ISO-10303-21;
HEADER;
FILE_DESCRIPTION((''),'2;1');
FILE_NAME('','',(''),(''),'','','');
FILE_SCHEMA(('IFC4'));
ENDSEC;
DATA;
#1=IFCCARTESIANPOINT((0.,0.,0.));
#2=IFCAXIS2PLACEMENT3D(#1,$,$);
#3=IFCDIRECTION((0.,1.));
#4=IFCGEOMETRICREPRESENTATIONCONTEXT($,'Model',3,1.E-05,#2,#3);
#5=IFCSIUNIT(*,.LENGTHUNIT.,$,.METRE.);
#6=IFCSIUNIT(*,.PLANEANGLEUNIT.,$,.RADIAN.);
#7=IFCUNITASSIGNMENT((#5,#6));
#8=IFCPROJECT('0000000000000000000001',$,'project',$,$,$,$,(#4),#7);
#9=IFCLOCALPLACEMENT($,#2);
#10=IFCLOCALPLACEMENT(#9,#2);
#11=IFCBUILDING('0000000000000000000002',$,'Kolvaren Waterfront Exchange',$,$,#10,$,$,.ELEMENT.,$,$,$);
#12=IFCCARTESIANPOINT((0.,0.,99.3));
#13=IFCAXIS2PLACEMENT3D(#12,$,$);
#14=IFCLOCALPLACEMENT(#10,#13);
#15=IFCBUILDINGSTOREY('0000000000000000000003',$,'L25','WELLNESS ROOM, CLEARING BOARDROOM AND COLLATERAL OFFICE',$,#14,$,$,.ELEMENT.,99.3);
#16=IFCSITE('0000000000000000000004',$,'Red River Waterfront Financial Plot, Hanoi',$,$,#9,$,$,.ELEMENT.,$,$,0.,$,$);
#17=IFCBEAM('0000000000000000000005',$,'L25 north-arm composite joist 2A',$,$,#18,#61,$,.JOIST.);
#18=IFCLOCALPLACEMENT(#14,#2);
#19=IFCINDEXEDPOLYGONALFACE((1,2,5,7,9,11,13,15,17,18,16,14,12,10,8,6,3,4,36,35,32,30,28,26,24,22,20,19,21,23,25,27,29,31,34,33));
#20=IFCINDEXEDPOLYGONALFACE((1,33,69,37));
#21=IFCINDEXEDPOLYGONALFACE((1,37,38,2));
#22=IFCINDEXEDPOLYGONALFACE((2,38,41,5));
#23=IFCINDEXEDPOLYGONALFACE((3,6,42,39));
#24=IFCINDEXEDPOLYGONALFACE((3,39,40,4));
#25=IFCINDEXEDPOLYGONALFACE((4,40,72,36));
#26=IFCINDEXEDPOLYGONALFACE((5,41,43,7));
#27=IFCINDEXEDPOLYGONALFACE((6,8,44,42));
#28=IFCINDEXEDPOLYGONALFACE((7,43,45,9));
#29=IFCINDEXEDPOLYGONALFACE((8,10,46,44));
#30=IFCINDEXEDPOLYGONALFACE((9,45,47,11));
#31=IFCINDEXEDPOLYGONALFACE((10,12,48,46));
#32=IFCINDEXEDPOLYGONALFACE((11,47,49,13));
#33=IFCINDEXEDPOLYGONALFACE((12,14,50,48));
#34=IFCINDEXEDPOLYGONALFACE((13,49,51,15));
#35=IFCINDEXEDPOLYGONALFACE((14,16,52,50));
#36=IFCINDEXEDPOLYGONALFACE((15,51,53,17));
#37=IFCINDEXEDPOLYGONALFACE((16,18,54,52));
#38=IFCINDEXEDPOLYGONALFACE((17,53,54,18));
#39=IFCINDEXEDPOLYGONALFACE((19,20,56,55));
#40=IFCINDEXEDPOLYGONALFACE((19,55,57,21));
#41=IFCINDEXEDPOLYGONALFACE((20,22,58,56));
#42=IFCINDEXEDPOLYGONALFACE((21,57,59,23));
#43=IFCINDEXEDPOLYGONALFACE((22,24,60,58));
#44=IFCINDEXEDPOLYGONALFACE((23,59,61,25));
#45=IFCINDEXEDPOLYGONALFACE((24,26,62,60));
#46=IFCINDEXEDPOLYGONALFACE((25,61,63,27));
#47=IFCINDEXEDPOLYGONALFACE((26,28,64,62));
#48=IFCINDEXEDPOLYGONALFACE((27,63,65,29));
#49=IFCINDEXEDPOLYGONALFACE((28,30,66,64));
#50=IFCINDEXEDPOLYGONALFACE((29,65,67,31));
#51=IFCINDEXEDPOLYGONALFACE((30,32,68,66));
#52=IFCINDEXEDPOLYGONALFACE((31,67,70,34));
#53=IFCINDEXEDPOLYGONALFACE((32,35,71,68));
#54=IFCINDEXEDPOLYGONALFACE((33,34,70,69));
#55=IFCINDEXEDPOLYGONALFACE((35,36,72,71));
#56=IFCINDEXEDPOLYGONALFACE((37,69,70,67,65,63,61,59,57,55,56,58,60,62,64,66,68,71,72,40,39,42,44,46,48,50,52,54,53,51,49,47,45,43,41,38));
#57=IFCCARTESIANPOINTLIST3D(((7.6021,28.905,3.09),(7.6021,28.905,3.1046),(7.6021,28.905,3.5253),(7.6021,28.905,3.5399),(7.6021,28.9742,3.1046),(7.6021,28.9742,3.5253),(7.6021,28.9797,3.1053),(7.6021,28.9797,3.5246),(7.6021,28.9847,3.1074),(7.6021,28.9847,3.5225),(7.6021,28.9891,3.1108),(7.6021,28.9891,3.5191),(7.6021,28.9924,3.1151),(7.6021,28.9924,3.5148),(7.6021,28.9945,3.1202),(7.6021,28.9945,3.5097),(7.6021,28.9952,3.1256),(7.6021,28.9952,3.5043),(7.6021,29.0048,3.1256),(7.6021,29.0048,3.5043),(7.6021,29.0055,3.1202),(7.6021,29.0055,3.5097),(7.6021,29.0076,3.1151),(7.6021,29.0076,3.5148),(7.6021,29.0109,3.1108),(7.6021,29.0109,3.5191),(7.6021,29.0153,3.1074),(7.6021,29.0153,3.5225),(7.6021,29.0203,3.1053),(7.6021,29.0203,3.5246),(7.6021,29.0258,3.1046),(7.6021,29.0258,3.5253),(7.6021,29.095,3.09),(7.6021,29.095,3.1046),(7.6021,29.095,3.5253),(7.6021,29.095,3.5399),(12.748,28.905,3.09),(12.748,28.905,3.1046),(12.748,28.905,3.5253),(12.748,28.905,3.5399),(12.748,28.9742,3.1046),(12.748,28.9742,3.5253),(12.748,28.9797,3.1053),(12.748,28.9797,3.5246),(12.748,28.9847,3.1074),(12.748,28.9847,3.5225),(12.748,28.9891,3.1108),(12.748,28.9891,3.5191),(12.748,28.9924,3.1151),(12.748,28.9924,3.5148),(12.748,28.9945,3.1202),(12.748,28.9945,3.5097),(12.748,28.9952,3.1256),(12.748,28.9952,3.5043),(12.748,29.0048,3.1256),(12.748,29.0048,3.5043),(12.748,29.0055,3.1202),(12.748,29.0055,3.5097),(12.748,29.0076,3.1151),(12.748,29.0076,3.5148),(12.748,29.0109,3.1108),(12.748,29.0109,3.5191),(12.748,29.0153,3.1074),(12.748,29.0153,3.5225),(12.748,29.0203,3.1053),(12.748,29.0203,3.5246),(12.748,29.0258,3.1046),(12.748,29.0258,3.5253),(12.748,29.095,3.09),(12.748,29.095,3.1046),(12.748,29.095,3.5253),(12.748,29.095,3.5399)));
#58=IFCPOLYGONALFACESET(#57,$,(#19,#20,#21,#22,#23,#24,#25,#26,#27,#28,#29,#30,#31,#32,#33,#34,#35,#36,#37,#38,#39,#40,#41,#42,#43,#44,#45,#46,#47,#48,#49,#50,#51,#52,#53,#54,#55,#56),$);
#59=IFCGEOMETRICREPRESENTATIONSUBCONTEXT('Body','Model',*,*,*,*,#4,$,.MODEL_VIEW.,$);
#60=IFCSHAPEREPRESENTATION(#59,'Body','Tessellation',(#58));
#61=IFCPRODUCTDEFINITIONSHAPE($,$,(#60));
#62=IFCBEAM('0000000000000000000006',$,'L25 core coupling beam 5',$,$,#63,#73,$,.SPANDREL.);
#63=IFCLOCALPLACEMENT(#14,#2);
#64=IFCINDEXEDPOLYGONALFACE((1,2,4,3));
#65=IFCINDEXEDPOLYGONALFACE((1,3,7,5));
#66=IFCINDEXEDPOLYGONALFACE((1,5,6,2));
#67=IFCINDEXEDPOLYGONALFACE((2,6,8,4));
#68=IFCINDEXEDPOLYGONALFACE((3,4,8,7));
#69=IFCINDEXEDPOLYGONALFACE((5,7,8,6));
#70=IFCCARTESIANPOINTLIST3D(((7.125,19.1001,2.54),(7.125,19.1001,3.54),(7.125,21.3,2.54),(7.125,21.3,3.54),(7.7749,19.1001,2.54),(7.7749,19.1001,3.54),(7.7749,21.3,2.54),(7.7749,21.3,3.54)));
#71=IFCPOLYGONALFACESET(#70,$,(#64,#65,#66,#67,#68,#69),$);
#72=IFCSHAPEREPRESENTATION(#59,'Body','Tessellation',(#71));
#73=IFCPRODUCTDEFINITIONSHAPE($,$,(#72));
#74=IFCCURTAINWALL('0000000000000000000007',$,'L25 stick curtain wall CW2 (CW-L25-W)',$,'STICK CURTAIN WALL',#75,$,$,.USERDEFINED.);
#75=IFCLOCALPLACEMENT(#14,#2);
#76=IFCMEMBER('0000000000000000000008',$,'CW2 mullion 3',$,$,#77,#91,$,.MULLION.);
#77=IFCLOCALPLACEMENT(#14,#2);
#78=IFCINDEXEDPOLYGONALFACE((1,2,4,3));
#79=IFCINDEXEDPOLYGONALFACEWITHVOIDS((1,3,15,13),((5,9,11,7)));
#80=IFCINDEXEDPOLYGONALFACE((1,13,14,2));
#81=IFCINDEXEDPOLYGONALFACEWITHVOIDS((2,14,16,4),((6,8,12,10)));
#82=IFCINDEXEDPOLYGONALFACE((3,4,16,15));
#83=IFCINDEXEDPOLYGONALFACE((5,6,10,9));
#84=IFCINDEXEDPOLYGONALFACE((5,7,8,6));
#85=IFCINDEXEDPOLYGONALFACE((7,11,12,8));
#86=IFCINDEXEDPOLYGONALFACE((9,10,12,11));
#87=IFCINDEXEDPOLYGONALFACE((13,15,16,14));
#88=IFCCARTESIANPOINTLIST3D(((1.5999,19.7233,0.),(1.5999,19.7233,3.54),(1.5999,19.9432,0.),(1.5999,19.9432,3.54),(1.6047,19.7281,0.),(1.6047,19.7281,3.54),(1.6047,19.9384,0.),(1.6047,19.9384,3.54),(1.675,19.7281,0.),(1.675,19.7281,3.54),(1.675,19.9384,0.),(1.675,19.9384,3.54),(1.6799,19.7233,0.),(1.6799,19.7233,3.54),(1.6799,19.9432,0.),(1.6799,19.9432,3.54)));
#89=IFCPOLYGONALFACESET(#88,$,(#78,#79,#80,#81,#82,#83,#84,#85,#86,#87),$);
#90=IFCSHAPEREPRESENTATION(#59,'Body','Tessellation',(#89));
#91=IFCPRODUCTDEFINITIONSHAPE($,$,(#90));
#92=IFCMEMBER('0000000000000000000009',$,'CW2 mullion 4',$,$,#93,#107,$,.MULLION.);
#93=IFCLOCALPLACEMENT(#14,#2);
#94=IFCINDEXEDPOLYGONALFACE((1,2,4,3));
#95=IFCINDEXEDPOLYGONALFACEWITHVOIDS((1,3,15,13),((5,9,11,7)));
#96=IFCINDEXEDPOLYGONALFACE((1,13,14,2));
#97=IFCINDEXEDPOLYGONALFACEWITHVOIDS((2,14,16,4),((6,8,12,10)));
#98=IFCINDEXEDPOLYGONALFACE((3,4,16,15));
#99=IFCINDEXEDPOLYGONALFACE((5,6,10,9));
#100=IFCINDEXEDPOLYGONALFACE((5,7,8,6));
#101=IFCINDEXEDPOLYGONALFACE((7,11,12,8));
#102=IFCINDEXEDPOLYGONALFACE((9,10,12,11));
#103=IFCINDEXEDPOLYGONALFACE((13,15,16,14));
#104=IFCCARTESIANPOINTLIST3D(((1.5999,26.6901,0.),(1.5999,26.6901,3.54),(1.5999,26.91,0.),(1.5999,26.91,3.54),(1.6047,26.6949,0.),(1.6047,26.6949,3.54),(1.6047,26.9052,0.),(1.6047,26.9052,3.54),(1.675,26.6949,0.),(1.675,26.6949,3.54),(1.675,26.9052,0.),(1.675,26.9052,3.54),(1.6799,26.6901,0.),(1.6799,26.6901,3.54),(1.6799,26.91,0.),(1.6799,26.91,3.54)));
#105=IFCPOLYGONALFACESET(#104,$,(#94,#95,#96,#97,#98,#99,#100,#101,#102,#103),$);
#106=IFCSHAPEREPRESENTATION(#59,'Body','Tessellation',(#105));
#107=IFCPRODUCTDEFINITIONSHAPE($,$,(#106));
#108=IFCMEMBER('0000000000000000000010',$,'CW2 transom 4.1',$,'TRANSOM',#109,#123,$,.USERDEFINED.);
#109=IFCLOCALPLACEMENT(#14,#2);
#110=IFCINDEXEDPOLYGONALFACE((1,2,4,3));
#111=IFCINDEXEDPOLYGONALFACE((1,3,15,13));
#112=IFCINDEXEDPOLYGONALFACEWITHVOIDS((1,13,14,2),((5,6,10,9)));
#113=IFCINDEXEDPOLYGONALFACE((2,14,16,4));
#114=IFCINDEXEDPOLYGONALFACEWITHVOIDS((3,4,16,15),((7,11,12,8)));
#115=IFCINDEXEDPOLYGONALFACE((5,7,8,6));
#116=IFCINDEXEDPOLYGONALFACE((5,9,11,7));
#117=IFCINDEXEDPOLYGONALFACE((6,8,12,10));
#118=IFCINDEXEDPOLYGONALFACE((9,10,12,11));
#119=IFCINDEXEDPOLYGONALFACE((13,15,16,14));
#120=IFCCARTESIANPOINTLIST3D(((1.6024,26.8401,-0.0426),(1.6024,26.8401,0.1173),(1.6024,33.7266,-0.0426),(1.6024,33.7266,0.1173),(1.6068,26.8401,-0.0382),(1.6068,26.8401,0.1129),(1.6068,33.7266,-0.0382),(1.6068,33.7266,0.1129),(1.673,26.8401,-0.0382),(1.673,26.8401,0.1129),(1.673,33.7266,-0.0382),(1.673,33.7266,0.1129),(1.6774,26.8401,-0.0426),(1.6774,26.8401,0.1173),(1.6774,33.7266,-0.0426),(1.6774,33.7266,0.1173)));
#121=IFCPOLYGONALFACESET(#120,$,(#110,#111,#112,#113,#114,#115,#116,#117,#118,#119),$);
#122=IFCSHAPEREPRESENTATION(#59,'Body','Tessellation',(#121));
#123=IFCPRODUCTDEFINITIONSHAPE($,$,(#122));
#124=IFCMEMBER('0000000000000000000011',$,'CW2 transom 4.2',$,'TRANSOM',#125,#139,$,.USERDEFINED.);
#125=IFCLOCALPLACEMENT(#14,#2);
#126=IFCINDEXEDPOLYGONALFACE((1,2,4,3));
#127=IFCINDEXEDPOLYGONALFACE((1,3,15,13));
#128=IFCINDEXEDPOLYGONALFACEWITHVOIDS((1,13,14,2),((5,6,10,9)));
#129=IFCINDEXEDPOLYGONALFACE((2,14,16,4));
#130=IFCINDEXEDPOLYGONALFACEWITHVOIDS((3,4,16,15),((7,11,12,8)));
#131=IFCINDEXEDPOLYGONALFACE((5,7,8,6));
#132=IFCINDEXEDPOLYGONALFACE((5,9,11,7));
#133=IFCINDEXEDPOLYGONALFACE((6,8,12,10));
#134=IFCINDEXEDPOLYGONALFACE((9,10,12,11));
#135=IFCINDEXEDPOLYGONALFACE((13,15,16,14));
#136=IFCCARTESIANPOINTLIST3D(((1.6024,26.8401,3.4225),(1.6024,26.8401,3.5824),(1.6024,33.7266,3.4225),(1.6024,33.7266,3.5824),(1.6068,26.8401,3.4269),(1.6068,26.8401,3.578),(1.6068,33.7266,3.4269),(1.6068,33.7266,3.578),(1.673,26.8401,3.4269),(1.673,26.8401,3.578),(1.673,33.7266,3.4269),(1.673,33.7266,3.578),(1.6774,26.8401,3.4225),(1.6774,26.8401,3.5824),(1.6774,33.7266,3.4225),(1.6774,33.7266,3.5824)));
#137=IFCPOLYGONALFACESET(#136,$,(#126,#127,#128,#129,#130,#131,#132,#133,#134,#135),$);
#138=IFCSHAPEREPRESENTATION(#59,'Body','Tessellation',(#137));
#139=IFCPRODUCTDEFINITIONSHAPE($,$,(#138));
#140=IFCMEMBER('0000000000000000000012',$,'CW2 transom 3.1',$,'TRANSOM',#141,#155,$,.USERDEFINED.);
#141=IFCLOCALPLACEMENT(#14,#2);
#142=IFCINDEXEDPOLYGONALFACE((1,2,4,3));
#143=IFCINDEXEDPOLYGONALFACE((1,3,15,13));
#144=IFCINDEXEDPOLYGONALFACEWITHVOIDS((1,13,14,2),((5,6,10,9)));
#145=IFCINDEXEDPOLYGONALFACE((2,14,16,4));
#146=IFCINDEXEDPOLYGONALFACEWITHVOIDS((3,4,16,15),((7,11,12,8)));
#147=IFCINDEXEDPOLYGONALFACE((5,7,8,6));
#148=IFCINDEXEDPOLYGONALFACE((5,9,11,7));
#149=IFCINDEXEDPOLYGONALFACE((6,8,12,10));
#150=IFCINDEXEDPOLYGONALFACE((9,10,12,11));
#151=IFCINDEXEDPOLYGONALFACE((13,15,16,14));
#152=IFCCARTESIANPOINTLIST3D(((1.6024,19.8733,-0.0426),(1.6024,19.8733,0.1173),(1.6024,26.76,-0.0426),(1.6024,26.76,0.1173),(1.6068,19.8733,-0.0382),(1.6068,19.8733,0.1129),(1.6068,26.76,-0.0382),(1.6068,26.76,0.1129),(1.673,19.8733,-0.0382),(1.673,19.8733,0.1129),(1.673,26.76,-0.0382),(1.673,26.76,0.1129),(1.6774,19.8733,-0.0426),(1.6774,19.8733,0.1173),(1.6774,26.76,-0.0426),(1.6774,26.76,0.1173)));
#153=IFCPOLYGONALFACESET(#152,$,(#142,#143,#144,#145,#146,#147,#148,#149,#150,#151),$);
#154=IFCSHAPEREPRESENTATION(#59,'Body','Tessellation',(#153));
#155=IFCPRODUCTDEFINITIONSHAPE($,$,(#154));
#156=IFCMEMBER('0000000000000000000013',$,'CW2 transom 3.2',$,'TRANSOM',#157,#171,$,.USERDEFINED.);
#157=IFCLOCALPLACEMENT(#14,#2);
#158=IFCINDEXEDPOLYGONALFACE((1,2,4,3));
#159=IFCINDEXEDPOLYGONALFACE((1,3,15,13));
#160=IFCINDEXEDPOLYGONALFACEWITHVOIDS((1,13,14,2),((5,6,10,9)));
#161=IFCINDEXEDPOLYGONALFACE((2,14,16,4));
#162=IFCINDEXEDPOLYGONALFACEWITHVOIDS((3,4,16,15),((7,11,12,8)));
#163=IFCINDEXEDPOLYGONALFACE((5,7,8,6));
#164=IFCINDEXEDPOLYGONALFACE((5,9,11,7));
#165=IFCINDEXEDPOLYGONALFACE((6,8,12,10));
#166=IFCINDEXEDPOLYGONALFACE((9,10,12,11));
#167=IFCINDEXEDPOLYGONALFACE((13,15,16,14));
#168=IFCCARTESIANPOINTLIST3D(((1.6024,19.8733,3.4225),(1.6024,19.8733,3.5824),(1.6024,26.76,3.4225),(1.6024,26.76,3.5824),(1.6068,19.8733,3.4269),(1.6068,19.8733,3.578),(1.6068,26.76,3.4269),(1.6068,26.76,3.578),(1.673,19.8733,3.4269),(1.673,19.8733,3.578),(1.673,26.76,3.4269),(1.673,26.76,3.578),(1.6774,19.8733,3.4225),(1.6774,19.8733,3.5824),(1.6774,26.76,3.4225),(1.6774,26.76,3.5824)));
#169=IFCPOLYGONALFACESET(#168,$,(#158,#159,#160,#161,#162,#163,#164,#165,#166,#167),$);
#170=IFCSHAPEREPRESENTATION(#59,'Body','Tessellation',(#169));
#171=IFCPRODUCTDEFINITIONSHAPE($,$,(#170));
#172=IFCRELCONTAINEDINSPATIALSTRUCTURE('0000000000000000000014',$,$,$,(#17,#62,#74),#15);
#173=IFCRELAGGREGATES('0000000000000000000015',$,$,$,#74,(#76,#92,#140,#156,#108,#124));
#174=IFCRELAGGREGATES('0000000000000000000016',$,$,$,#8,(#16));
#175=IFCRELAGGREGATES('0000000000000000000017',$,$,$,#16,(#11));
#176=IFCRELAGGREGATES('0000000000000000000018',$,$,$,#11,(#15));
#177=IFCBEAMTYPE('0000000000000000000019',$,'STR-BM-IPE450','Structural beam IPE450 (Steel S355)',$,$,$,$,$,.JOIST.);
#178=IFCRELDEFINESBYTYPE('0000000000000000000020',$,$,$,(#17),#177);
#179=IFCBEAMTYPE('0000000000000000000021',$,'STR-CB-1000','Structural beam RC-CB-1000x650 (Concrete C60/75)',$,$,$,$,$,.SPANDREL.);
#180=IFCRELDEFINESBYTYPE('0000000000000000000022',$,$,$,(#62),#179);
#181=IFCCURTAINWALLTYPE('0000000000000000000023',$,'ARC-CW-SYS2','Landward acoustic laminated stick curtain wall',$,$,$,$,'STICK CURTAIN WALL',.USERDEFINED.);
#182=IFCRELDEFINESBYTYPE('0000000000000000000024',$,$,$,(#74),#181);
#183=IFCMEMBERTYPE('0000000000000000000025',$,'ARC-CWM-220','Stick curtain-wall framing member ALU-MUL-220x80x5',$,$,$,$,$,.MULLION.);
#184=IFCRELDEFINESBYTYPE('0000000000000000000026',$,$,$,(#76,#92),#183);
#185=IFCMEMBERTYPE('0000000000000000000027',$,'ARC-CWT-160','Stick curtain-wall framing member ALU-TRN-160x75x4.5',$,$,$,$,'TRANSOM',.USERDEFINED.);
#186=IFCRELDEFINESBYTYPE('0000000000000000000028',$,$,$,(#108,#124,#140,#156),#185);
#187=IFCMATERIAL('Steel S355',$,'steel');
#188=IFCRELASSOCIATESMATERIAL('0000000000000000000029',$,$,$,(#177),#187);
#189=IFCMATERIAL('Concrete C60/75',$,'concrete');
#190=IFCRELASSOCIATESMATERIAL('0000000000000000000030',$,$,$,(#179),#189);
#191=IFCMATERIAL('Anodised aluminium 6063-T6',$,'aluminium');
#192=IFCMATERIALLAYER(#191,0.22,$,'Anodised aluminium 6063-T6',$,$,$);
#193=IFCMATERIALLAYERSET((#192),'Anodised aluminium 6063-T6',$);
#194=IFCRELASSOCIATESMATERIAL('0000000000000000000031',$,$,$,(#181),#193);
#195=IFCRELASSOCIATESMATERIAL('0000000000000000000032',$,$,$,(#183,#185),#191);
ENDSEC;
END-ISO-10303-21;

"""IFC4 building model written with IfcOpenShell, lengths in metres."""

from ifc_helpers import new_model, si_unit, direction, frame, origin, origin_with_axes, origin_2d, place, context, subcontext, project, spatial, rectangle, hollow_rectangle, i_section, extrude, source, transform, mapped, material, layer, layer_set, material_profile, profile_set, type_object, element, aggregate, save


model = new_model("IFC4")

# Units and contexts
model_context = context("Model", 3, precision=1e-05, world=origin(), true_north=direction((0.0, 1.0)))
body_context = subcontext(model_context, "Body", "Model", "MODEL_VIEW")
ifc_project = project(units=[si_unit("LENGTHUNIT", "METRE"), si_unit("PLANEANGLEUNIT", "RADIAN")], contexts=[model_context])

# Site, building, storey
site_placement = place(None, origin())
site = spatial("IfcSite", under=ifc_project, at=site_placement, Name="Red River Waterfront Financial Plot, Hanoi", CompositionType="ELEMENT", RefElevation=0.0)
building_placement = place(site_placement, origin())
building = spatial("IfcBuilding", under=site, at=building_placement, Name="Kolvaren Waterfront Exchange", CompositionType="ELEMENT")
storey_placement = place(building_placement, frame((0.0, 0.0, 99.3)))
storey = spatial("IfcBuildingStorey", under=building, at=storey_placement, Name="L25", Description="WELLNESS ROOM, CLEARING BOARDROOM AND COLLATERAL OFFICE", CompositionType="ELEMENT", Elevation=99.3)

# Shared definitions
ifc_material_1 = material(Name="Concrete C60/75", Category="concrete")

# Beams
ifc_material_2 = material(Name="Steel S355", Category="steel")
ifc_material_profile_1 = material_profile(ifc_material_2, i_section(OverallWidth=0.1899, OverallDepth=0.45, WebThickness=0.0095, FlangeThickness=0.0146, FilletRadius=0.021, at=origin_2d()), Name="IPE450")
ifc_profile_set_1 = profile_set([ifc_material_profile_1], Name="Steel S355")
beam_type_1 = type_object("IfcBeamType", Name="STR-BM-IPE450", Description="Structural beam IPE450 (Steel S355)", PredefinedType="JOIST", material=ifc_profile_set_1)
for number, where, z_axis, x_axis, name in (
    (1, (7.6021, 29.0, 3.3149), (1.0, 0.0, 0.0), (0.0, 1.0, 0.0), "L25 north-arm composite joist 2A"),
):
    element("IfcBeam", number, at=place(storey_placement, frame(where, z_axis=z_axis, x_axis=x_axis)), inside=storey, type_object=beam_type_1, Name=name, PredefinedType="JOIST", context=body_context, shape_type="SweptSolid", body=[
        extrude(i_section(OverallWidth=0.1899, OverallDepth=0.45, WebThickness=0.0095, FlangeThickness=0.0146, FilletRadius=0.021, at=origin_2d()), origin(), (0.0, 0.0, 1.0), 5.146),
    ])
ifc_material_profile_2 = material_profile(ifc_material_1, rectangle(XDim=0.6499, YDim=1.0, at=origin_2d()), Name="RC-CB-1000x650")
ifc_profile_set_2 = profile_set([ifc_material_profile_2], Name="Concrete C60/75")
beam_type_2 = type_object("IfcBeamType", Name="STR-CB-1000", Description="Structural beam RC-CB-1000x650 (Concrete C60/75)", PredefinedType="SPANDREL", material=ifc_profile_set_2)
beam_1_placement = place(storey_placement, frame((7.45, 19.1001, 3.04), z_axis=(0.0, 1.0, 0.0), x_axis=(-1.0, 0.0, 0.0)))
element("IfcBeam", 2, at=beam_1_placement, inside=storey, type_object=beam_type_2, Name="L25 core coupling beam 5", PredefinedType="SPANDREL", context=body_context, shape_type="SweptSolid", body=[
    extrude(rectangle(XDim=0.6499, YDim=1.0, at=origin_2d()), origin(), (0.0, 0.0, 1.0), 2.2),
])

# Curtain wall, members
ifc_material_3 = material(Name="Anodised aluminium 6063-T6", Category="aluminium")
ifc_layer_1 = layer(ifc_material_3, 0.22, Name="Anodised aluminium 6063-T6")
ifc_layer_set_1 = layer_set([ifc_layer_1], Name="Anodised aluminium 6063-T6")
curtain_wall_type = type_object("IfcCurtainWallType", Name="ARC-CW-SYS2", Description="Landward acoustic laminated stick curtain wall", ElementType="STICK CURTAIN WALL", PredefinedType="USERDEFINED", material=ifc_layer_set_1)
curtain_wall_placement = place(storey_placement, origin())
curtain_wall = element("IfcCurtainWall", 3, at=curtain_wall_placement, inside=storey, type_object=curtain_wall_type, Name="L25 stick curtain wall CW2 (CW-L25-W)", ObjectType="STICK CURTAIN WALL", PredefinedType="USERDEFINED")
ifc_material_profile_3 = material_profile(ifc_material_3, hollow_rectangle(XDim=0.0801, YDim=0.22, WallThickness=0.0049, at=origin_2d()), Name="ALU-MUL-220x80x5")
ifc_profile_set_3 = profile_set([ifc_material_profile_3], Name="Anodised aluminium 6063-T6")
member_type_1 = type_object("IfcMemberType", Name="ARC-CWM-220", Description="Stick curtain-wall framing member ALU-MUL-220x80x5", PredefinedType="MULLION", material=ifc_profile_set_3)
shared_shape_1 = source(origin_with_axes(), body_context, "Body", "SweptSolid", [
    extrude(hollow_rectangle(XDim=0.0801, YDim=0.22, WallThickness=0.0049, at=origin_2d()), origin(), (0.0, 0.0, 1.0), 3.54),
])
member_1_placement = place(storey_placement, frame((1.6399, 19.8333, 0.0), z_axis=(0.0, 0.0, 1.0), x_axis=(-1.0, 0.0, 0.0)))
member_1 = element("IfcMember", 4, at=member_1_placement, type_object=member_type_1, Name="CW2 mullion 3", PredefinedType="MULLION", context=body_context, shape_type="MappedRepresentation", body=[
    mapped(shared_shape_1, transform((0.0, 0.0, 0.0), x_axis=(1.0, 0.0, 0.0), y_axis=(0.0, 1.0, 0.0), z_axis=(0.0, 0.0, 1.0), scale=1.0)),
])
member_2_placement = place(storey_placement, frame((1.6399, 26.8, 0.0), z_axis=(0.0, 0.0, 1.0), x_axis=(-1.0, 0.0, 0.0)))
member_2 = element("IfcMember", 5, at=member_2_placement, type_object=member_type_1, Name="CW2 mullion 4", PredefinedType="MULLION", context=body_context, shape_type="MappedRepresentation", body=[
    mapped(shared_shape_1, transform((0.0, 0.0, 0.0), x_axis=(1.0, 0.0, 0.0), y_axis=(0.0, 1.0, 0.0), z_axis=(0.0, 0.0, 1.0), scale=1.0)),
])
ifc_material_profile_4 = material_profile(ifc_material_3, hollow_rectangle(XDim=0.075, YDim=0.1599, WallThickness=0.0044, at=origin_2d()), Name="ALU-TRN-160x75x4.5")
ifc_profile_set_4 = profile_set([ifc_material_profile_4], Name="Anodised aluminium 6063-T6")
member_type_2 = type_object("IfcMemberType", Name="ARC-CWT-160", Description="Stick curtain-wall framing member ALU-TRN-160x75x4.5", ElementType="TRANSOM", PredefinedType="USERDEFINED", material=ifc_profile_set_4)
shared_shape_2 = source(origin_with_axes(), body_context, "Body", "SweptSolid", [
    extrude(hollow_rectangle(XDim=0.075, YDim=0.1599, WallThickness=0.0044, at=origin_2d()), origin(), (0.0, 0.0, 1.0), 6.8865),
])
member_3_placement = place(storey_placement, frame((1.6399, 26.8401, 0.0374), z_axis=(0.0, 1.0, 0.0), x_axis=(-1.0, 0.0, 0.0)))
member_3 = element("IfcMember", 6, at=member_3_placement, type_object=member_type_2, Name="CW2 transom 4.1", ObjectType="TRANSOM", PredefinedType="USERDEFINED", context=body_context, shape_type="MappedRepresentation", body=[
    mapped(shared_shape_2, transform((0.0, 0.0, 0.0), x_axis=(1.0, 0.0, 0.0), y_axis=(0.0, 1.0, 0.0), z_axis=(0.0, 0.0, 1.0), scale=1.0)),
])
member_4_placement = place(storey_placement, frame((1.6399, 26.8401, 3.5024), z_axis=(0.0, 1.0, 0.0), x_axis=(-1.0, 0.0, 0.0)))
member_4 = element("IfcMember", 7, at=member_4_placement, type_object=member_type_2, Name="CW2 transom 4.2", ObjectType="TRANSOM", PredefinedType="USERDEFINED", context=body_context, shape_type="MappedRepresentation", body=[
    mapped(shared_shape_2, transform((0.0, 0.0, 0.0), x_axis=(1.0, 0.0, 0.0), y_axis=(0.0, 1.0, 0.0), z_axis=(0.0, 0.0, 1.0), scale=1.0)),
])
shared_shape_3 = source(origin_with_axes(), body_context, "Body", "SweptSolid", [
    extrude(hollow_rectangle(XDim=0.075, YDim=0.1599, WallThickness=0.0044, at=origin_2d()), origin(), (0.0, 0.0, 1.0), 6.8867),
])
member_5_placement = place(storey_placement, frame((1.6399, 19.8733, 0.0374), z_axis=(0.0, 1.0, 0.0), x_axis=(-1.0, 0.0, 0.0)))
member_5 = element("IfcMember", 8, at=member_5_placement, type_object=member_type_2, Name="CW2 transom 3.1", ObjectType="TRANSOM", PredefinedType="USERDEFINED", context=body_context, shape_type="MappedRepresentation", body=[
    mapped(shared_shape_3, transform((0.0, 0.0, 0.0), x_axis=(1.0, 0.0, 0.0), y_axis=(0.0, 1.0, 0.0), z_axis=(0.0, 0.0, 1.0), scale=1.0)),
])
member_6_placement = place(storey_placement, frame((1.6399, 19.8733, 3.5024), z_axis=(0.0, 1.0, 0.0), x_axis=(-1.0, 0.0, 0.0)))
member_6 = element("IfcMember", 9, at=member_6_placement, type_object=member_type_2, Name="CW2 transom 3.2", ObjectType="TRANSOM", PredefinedType="USERDEFINED", context=body_context, shape_type="MappedRepresentation", body=[
    mapped(shared_shape_3, transform((0.0, 0.0, 0.0), x_axis=(1.0, 0.0, 0.0), y_axis=(0.0, 1.0, 0.0), z_axis=(0.0, 0.0, 1.0), scale=1.0)),
])
aggregate(curtain_wall, [member_1, member_2, member_5, member_6, member_3, member_4])

save(model, "model.ifc")
